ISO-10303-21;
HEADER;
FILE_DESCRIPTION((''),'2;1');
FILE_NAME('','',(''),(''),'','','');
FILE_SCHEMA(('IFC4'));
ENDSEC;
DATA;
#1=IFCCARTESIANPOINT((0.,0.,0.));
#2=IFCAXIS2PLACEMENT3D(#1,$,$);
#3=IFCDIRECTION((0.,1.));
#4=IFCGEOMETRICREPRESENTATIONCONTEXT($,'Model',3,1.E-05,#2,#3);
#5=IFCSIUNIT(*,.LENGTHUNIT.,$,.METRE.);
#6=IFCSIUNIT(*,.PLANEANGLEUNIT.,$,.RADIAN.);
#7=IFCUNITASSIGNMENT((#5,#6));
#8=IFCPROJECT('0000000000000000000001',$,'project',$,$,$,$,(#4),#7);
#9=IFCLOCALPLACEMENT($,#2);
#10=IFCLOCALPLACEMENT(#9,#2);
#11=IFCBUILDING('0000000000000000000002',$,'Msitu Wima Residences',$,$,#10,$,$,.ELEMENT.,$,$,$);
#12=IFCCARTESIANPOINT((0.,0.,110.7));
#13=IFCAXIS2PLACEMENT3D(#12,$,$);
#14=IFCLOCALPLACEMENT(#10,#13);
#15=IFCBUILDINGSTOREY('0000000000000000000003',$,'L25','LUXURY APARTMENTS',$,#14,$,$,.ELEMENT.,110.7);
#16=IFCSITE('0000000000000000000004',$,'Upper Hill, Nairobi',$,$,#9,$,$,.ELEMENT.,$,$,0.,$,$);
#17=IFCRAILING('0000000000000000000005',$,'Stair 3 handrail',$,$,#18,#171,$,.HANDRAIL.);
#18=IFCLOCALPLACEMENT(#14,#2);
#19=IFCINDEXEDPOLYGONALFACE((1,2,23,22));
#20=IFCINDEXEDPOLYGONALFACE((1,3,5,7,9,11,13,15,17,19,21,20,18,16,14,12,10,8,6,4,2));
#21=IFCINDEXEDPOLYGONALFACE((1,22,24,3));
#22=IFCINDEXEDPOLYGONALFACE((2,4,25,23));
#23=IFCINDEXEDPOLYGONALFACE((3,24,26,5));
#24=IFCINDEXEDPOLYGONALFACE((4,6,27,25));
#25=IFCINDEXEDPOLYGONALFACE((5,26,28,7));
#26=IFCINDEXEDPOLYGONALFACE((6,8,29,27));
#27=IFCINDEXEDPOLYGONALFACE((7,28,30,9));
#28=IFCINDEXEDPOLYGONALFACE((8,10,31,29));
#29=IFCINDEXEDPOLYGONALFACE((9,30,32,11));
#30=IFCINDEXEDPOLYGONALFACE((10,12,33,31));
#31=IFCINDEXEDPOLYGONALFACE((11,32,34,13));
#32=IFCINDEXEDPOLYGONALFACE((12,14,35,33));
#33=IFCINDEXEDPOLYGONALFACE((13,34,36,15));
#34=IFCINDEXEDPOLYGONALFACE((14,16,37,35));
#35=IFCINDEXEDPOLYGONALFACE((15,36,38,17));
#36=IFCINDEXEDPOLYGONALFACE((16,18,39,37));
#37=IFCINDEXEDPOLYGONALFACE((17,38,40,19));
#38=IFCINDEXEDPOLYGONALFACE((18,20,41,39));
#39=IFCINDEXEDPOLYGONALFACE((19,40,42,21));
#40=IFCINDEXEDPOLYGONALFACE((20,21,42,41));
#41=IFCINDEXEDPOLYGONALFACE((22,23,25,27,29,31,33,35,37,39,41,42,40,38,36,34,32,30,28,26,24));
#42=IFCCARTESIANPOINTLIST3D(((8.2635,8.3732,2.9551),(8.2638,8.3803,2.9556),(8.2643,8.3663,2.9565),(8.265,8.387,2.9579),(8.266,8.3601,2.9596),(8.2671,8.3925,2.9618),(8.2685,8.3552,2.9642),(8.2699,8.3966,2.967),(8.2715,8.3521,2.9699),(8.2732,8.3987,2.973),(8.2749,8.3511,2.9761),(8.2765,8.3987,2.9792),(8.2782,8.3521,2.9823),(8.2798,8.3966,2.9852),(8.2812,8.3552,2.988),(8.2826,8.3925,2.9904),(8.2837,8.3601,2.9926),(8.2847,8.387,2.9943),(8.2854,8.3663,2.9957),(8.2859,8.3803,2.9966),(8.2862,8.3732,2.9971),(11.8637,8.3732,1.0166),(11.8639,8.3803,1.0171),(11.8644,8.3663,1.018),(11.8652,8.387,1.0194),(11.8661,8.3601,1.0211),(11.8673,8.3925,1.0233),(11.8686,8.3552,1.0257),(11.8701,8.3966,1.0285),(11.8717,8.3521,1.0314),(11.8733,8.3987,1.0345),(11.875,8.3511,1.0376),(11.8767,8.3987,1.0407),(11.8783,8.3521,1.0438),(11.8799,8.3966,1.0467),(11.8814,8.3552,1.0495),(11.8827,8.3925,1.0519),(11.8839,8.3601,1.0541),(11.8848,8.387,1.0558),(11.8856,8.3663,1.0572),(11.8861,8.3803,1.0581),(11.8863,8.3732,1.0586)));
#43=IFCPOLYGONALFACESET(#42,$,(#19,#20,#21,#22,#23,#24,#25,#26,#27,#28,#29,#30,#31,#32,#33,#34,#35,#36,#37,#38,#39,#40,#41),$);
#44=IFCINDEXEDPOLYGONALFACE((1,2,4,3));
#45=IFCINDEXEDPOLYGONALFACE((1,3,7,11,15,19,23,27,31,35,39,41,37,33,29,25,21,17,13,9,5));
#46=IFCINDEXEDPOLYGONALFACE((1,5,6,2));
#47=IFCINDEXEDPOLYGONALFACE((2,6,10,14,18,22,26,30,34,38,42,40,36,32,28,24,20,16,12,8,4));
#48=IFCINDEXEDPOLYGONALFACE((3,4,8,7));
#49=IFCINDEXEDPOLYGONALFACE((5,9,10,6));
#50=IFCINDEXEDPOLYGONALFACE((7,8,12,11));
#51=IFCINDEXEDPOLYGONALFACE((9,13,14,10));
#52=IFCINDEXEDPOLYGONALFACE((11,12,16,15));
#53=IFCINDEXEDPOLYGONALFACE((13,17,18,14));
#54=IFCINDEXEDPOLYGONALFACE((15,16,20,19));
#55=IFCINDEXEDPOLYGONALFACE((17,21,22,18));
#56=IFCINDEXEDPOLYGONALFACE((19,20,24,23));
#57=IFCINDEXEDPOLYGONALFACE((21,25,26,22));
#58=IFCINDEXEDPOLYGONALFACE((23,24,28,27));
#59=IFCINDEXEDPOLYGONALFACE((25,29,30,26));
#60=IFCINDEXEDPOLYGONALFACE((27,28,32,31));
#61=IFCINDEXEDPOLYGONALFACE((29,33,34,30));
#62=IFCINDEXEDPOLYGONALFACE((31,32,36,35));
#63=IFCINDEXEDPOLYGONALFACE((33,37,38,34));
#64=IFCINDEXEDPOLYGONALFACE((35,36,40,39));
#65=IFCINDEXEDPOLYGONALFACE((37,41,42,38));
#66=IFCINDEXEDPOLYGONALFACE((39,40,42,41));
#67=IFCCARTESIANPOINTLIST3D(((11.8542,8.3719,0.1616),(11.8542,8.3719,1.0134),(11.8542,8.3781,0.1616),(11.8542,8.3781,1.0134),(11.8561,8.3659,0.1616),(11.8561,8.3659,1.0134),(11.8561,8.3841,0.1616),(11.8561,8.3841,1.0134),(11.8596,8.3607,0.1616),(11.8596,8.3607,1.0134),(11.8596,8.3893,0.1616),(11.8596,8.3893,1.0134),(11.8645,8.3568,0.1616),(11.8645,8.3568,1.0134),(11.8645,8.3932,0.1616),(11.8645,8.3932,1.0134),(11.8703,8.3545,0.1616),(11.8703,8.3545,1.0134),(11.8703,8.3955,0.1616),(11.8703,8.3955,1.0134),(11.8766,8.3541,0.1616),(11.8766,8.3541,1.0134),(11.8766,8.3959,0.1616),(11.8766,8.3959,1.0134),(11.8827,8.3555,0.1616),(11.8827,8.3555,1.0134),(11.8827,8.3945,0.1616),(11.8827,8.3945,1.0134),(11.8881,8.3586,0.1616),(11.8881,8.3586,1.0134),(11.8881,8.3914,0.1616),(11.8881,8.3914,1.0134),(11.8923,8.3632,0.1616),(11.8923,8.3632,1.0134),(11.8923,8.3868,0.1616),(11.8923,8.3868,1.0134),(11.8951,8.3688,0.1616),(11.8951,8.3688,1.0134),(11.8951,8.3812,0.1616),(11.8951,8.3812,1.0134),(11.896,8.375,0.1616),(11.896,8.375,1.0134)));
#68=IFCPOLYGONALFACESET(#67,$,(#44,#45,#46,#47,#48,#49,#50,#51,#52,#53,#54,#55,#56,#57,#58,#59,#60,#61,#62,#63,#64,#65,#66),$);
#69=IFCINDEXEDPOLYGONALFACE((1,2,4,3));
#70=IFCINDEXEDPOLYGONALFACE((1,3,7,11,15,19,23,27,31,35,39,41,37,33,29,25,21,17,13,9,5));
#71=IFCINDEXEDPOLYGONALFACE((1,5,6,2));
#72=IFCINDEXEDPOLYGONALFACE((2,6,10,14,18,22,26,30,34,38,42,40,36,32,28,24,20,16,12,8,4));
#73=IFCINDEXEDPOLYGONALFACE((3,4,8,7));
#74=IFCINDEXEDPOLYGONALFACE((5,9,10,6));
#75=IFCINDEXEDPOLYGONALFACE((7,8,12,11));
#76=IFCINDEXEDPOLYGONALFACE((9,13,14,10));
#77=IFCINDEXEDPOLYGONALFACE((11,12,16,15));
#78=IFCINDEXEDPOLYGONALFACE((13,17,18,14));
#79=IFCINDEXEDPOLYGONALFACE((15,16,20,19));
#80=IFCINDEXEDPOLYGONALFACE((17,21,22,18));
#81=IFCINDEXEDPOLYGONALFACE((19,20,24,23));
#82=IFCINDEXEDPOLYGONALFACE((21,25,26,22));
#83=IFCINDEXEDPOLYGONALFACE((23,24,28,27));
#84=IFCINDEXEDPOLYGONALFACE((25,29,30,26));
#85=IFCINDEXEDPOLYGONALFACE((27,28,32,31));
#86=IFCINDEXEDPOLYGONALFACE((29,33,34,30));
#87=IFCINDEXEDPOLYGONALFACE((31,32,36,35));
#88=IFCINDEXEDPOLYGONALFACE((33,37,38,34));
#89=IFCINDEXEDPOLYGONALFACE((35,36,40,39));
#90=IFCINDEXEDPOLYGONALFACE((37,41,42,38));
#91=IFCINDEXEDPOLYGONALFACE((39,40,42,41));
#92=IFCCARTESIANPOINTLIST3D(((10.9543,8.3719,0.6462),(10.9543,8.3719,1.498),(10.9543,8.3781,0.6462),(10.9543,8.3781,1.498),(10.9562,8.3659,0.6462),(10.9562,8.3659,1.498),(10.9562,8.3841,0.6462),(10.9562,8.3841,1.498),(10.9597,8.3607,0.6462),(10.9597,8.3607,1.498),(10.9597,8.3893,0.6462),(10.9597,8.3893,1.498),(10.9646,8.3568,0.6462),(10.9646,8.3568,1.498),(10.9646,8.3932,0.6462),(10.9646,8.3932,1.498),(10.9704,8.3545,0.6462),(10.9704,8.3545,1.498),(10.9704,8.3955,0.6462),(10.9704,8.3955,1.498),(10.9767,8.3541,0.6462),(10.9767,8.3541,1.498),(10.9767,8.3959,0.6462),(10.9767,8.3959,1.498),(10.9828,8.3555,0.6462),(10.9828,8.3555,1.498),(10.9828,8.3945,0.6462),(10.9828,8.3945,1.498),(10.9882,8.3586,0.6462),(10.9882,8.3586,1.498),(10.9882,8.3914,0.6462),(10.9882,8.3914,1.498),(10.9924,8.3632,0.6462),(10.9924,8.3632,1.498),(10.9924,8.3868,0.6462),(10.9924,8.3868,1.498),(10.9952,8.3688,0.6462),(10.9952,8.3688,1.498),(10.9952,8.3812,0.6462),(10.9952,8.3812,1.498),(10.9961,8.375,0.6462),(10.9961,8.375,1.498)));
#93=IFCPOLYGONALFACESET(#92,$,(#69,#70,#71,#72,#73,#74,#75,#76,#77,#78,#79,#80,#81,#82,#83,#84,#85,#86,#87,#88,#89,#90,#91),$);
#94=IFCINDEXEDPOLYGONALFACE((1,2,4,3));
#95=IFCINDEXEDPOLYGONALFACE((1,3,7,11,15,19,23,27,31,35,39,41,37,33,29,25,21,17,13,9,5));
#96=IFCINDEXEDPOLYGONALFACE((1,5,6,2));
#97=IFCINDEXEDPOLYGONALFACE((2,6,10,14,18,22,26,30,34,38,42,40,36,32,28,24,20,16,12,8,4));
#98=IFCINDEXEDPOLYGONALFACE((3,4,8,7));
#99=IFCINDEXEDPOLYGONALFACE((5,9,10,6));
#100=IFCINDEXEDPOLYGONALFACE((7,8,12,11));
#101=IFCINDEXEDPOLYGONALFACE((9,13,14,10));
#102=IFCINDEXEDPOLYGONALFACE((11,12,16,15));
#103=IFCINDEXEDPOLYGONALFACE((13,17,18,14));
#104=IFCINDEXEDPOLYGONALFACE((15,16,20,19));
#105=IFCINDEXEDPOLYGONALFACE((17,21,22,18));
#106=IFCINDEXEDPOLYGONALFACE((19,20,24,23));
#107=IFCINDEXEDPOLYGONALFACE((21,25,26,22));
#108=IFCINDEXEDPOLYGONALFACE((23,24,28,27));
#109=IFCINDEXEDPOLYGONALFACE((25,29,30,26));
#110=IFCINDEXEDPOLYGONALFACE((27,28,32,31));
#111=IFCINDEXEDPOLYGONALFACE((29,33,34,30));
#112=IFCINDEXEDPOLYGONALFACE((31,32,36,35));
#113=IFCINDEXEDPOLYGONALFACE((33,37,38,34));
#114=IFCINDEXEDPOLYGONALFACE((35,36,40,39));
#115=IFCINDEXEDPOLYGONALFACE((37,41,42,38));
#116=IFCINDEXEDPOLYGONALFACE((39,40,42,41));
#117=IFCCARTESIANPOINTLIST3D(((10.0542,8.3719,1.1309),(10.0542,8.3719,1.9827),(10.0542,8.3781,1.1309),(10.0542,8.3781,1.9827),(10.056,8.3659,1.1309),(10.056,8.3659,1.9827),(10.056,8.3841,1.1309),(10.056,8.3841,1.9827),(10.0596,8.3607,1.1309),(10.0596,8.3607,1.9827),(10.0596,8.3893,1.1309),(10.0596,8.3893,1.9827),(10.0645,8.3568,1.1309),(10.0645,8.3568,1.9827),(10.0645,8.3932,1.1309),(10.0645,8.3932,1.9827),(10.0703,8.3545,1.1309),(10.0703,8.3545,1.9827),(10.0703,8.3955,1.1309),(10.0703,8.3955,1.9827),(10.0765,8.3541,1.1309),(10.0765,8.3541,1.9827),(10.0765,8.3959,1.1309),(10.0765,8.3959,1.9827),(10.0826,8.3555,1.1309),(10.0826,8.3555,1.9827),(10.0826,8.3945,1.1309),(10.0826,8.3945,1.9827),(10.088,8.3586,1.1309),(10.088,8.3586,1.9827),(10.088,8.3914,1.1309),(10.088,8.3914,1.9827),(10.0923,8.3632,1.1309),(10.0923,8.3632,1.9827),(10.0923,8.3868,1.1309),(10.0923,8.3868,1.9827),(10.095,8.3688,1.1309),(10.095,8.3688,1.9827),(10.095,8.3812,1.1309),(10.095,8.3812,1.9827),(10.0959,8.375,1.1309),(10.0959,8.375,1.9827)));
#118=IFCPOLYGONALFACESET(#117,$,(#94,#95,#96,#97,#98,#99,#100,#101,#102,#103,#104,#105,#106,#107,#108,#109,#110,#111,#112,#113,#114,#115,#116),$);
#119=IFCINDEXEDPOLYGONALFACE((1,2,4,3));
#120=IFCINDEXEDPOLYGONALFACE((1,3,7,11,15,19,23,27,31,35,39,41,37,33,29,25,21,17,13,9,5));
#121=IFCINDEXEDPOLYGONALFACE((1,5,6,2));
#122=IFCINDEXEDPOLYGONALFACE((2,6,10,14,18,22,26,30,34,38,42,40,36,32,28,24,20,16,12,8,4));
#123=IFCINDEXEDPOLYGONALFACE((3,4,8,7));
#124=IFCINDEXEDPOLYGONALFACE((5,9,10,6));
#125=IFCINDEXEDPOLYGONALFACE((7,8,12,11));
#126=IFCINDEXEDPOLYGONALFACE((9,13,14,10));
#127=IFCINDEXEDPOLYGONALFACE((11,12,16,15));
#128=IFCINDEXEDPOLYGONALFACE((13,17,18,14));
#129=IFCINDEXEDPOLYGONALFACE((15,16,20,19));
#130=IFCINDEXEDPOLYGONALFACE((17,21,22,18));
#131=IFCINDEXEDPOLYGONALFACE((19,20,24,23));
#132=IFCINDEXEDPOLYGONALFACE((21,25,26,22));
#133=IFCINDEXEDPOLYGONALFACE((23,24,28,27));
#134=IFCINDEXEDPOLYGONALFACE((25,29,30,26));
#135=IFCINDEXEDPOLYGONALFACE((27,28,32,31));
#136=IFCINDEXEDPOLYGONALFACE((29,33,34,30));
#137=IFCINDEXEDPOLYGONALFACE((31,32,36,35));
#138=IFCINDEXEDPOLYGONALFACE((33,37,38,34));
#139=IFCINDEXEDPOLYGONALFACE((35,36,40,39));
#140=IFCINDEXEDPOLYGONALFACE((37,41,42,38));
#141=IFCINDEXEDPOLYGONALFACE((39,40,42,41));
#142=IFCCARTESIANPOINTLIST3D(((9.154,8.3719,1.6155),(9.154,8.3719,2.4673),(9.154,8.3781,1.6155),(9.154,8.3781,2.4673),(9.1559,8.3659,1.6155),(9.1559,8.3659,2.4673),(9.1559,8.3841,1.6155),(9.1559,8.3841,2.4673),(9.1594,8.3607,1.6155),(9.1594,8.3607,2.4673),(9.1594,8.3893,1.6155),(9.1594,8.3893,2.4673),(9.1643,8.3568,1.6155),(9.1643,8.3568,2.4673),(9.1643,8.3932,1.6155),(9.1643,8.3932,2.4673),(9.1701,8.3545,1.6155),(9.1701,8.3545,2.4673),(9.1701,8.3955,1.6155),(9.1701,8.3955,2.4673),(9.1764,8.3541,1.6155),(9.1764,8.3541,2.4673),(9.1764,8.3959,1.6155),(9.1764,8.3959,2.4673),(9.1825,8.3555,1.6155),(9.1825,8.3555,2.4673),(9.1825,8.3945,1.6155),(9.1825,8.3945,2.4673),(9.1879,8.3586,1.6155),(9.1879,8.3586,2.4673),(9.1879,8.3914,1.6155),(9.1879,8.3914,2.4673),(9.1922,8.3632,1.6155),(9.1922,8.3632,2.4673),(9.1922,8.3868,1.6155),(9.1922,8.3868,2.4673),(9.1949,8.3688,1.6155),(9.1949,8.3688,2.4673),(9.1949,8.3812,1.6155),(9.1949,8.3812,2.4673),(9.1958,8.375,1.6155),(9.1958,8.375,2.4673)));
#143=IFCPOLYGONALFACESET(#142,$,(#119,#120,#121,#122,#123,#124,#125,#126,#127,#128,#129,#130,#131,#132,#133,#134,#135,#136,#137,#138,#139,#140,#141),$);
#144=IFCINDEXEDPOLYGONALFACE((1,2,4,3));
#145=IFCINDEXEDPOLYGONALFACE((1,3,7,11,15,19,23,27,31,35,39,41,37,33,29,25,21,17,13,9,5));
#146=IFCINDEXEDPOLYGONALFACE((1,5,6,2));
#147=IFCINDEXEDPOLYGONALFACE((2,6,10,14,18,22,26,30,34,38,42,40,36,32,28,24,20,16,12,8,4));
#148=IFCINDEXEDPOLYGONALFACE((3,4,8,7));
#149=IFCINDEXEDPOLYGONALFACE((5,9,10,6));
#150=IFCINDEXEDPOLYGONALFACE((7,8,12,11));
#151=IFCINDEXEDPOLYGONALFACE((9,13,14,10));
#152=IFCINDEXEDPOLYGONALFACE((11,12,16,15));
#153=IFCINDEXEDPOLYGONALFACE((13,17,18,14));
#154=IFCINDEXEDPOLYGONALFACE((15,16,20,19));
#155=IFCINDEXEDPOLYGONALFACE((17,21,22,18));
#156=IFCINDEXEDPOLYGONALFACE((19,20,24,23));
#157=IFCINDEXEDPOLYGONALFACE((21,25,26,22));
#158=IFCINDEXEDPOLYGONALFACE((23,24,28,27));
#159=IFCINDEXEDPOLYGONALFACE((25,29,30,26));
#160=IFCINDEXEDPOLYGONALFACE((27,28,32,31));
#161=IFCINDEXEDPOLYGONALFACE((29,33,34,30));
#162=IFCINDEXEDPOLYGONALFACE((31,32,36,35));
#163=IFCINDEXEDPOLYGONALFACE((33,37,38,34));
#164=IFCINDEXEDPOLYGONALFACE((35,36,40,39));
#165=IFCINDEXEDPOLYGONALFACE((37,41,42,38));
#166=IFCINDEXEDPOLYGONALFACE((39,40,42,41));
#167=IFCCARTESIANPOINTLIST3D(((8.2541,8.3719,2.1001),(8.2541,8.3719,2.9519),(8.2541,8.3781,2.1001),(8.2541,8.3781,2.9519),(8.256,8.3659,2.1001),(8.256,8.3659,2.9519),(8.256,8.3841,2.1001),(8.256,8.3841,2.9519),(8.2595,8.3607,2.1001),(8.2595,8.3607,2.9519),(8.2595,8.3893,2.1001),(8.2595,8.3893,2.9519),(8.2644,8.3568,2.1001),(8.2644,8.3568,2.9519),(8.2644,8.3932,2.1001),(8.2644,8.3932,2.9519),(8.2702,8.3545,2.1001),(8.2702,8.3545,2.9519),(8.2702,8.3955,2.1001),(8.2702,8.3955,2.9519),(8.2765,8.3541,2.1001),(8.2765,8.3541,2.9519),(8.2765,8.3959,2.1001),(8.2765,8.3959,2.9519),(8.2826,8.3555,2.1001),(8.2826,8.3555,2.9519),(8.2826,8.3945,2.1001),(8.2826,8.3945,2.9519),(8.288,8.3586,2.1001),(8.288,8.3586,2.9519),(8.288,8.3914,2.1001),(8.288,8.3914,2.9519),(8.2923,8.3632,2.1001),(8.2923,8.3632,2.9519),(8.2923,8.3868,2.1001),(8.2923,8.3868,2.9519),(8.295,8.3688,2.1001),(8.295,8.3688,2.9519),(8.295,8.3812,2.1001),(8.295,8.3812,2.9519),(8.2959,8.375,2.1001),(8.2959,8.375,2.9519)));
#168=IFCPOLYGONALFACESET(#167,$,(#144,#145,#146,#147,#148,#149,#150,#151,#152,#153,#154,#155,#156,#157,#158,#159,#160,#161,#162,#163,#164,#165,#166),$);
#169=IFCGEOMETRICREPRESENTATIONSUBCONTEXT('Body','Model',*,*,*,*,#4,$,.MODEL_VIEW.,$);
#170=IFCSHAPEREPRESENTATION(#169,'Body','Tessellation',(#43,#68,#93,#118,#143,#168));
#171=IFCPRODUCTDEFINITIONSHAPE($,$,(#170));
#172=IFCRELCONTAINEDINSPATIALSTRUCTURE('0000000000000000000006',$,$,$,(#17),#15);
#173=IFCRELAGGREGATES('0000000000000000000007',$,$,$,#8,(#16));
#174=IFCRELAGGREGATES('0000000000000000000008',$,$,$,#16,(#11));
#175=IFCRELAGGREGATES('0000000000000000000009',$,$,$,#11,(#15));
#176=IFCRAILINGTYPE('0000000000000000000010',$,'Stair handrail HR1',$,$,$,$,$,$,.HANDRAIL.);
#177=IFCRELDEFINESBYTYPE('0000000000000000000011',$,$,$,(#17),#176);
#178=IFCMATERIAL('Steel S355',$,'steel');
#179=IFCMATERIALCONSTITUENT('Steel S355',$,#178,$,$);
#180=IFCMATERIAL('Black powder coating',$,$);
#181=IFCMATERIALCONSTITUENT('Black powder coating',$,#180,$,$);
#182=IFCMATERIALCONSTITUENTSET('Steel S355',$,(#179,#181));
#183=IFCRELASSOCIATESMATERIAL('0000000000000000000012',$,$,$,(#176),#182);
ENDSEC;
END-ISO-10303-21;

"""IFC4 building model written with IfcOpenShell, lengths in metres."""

from ifc_helpers import new_model, si_unit, direction, frame, origin, origin_2d, place, context, subcontext, project, spatial, circle, extrude, material, constituent, constituent_set, type_object, element, save


model = new_model("IFC4")

# Units and contexts
model_context = context("Model", 3, precision=1e-05, world=origin(), true_north=direction((0.0, 1.0)))
body_context = subcontext(model_context, "Body", "Model", "MODEL_VIEW")
ifc_project = project(units=[si_unit("LENGTHUNIT", "METRE"), si_unit("PLANEANGLEUNIT", "RADIAN")], contexts=[model_context])

# Site, building, storey
site_placement = place(None, origin())
site = spatial("IfcSite", under=ifc_project, at=site_placement, Name="Upper Hill, Nairobi", CompositionType="ELEMENT", RefElevation=0.0)
building_placement = place(site_placement, origin())
building = spatial("IfcBuilding", under=site, at=building_placement, Name="Msitu Wima Residences", CompositionType="ELEMENT")
storey_placement = place(building_placement, frame((0.0, 0.0, 110.7)))
storey = spatial("IfcBuildingStorey", under=building, at=storey_placement, Name="L25", Description="LUXURY APARTMENTS", CompositionType="ELEMENT", Elevation=110.7)

# Railing
ifc_material_1 = material(Name="Steel S355", Category="steel")
ifc_constituent_1 = constituent(ifc_material_1, Name="Steel S355")
ifc_material_2 = material(Name="Black powder coating")
ifc_constituent_2 = constituent(ifc_material_2, Name="Black powder coating")
ifc_constituent_set_1 = constituent_set(constituents=[ifc_constituent_1, ifc_constituent_2], Name="Steel S355")
railing_type_1 = type_object("IfcRailingType", Name="Stair handrail HR1", PredefinedType="HANDRAIL", material=ifc_constituent_set_1)
for number, where, name in (
    (1, (11.875, 8.375, 0.1616), "Stair 3 handrail"),
):
    element("IfcRailing", number, at=place(storey_placement, frame(where)), inside=storey, type_object=railing_type_1, Name=name, PredefinedType="HANDRAIL", context=body_context, shape_type="SweptSolid", body=[
        extrude(circle(Radius=0.0239, at=origin_2d()), frame((0.0, 0.0, 0.876), z_axis=(-0.880475, 0.0, 0.474093), x_axis=(0.0, -1.0, 0.0)), (0.0, 0.0, 1.0), 4.0889),
        extrude(circle(Radius=0.021, at=origin_2d()), origin(), (0.0, 0.0, 1.0), 0.8518),
        extrude(circle(Radius=0.021, at=origin_2d()), frame((-0.8999, 0.0, 0.4846)), (0.0, 0.0, 1.0), 0.8518),
        extrude(circle(Radius=0.021, at=origin_2d()), frame((-1.8, 0.0, 0.9692)), (0.0, 0.0, 1.0), 0.8518),
        extrude(circle(Radius=0.021, at=origin_2d()), frame((-2.7002, 0.0, 1.4539)), (0.0, 0.0, 1.0), 0.8518),
        extrude(circle(Radius=0.021, at=origin_2d()), frame((-3.6001, 0.0, 1.9385)), (0.0, 0.0, 1.0), 0.8518),
    ])

save(model, "model.ifc")
